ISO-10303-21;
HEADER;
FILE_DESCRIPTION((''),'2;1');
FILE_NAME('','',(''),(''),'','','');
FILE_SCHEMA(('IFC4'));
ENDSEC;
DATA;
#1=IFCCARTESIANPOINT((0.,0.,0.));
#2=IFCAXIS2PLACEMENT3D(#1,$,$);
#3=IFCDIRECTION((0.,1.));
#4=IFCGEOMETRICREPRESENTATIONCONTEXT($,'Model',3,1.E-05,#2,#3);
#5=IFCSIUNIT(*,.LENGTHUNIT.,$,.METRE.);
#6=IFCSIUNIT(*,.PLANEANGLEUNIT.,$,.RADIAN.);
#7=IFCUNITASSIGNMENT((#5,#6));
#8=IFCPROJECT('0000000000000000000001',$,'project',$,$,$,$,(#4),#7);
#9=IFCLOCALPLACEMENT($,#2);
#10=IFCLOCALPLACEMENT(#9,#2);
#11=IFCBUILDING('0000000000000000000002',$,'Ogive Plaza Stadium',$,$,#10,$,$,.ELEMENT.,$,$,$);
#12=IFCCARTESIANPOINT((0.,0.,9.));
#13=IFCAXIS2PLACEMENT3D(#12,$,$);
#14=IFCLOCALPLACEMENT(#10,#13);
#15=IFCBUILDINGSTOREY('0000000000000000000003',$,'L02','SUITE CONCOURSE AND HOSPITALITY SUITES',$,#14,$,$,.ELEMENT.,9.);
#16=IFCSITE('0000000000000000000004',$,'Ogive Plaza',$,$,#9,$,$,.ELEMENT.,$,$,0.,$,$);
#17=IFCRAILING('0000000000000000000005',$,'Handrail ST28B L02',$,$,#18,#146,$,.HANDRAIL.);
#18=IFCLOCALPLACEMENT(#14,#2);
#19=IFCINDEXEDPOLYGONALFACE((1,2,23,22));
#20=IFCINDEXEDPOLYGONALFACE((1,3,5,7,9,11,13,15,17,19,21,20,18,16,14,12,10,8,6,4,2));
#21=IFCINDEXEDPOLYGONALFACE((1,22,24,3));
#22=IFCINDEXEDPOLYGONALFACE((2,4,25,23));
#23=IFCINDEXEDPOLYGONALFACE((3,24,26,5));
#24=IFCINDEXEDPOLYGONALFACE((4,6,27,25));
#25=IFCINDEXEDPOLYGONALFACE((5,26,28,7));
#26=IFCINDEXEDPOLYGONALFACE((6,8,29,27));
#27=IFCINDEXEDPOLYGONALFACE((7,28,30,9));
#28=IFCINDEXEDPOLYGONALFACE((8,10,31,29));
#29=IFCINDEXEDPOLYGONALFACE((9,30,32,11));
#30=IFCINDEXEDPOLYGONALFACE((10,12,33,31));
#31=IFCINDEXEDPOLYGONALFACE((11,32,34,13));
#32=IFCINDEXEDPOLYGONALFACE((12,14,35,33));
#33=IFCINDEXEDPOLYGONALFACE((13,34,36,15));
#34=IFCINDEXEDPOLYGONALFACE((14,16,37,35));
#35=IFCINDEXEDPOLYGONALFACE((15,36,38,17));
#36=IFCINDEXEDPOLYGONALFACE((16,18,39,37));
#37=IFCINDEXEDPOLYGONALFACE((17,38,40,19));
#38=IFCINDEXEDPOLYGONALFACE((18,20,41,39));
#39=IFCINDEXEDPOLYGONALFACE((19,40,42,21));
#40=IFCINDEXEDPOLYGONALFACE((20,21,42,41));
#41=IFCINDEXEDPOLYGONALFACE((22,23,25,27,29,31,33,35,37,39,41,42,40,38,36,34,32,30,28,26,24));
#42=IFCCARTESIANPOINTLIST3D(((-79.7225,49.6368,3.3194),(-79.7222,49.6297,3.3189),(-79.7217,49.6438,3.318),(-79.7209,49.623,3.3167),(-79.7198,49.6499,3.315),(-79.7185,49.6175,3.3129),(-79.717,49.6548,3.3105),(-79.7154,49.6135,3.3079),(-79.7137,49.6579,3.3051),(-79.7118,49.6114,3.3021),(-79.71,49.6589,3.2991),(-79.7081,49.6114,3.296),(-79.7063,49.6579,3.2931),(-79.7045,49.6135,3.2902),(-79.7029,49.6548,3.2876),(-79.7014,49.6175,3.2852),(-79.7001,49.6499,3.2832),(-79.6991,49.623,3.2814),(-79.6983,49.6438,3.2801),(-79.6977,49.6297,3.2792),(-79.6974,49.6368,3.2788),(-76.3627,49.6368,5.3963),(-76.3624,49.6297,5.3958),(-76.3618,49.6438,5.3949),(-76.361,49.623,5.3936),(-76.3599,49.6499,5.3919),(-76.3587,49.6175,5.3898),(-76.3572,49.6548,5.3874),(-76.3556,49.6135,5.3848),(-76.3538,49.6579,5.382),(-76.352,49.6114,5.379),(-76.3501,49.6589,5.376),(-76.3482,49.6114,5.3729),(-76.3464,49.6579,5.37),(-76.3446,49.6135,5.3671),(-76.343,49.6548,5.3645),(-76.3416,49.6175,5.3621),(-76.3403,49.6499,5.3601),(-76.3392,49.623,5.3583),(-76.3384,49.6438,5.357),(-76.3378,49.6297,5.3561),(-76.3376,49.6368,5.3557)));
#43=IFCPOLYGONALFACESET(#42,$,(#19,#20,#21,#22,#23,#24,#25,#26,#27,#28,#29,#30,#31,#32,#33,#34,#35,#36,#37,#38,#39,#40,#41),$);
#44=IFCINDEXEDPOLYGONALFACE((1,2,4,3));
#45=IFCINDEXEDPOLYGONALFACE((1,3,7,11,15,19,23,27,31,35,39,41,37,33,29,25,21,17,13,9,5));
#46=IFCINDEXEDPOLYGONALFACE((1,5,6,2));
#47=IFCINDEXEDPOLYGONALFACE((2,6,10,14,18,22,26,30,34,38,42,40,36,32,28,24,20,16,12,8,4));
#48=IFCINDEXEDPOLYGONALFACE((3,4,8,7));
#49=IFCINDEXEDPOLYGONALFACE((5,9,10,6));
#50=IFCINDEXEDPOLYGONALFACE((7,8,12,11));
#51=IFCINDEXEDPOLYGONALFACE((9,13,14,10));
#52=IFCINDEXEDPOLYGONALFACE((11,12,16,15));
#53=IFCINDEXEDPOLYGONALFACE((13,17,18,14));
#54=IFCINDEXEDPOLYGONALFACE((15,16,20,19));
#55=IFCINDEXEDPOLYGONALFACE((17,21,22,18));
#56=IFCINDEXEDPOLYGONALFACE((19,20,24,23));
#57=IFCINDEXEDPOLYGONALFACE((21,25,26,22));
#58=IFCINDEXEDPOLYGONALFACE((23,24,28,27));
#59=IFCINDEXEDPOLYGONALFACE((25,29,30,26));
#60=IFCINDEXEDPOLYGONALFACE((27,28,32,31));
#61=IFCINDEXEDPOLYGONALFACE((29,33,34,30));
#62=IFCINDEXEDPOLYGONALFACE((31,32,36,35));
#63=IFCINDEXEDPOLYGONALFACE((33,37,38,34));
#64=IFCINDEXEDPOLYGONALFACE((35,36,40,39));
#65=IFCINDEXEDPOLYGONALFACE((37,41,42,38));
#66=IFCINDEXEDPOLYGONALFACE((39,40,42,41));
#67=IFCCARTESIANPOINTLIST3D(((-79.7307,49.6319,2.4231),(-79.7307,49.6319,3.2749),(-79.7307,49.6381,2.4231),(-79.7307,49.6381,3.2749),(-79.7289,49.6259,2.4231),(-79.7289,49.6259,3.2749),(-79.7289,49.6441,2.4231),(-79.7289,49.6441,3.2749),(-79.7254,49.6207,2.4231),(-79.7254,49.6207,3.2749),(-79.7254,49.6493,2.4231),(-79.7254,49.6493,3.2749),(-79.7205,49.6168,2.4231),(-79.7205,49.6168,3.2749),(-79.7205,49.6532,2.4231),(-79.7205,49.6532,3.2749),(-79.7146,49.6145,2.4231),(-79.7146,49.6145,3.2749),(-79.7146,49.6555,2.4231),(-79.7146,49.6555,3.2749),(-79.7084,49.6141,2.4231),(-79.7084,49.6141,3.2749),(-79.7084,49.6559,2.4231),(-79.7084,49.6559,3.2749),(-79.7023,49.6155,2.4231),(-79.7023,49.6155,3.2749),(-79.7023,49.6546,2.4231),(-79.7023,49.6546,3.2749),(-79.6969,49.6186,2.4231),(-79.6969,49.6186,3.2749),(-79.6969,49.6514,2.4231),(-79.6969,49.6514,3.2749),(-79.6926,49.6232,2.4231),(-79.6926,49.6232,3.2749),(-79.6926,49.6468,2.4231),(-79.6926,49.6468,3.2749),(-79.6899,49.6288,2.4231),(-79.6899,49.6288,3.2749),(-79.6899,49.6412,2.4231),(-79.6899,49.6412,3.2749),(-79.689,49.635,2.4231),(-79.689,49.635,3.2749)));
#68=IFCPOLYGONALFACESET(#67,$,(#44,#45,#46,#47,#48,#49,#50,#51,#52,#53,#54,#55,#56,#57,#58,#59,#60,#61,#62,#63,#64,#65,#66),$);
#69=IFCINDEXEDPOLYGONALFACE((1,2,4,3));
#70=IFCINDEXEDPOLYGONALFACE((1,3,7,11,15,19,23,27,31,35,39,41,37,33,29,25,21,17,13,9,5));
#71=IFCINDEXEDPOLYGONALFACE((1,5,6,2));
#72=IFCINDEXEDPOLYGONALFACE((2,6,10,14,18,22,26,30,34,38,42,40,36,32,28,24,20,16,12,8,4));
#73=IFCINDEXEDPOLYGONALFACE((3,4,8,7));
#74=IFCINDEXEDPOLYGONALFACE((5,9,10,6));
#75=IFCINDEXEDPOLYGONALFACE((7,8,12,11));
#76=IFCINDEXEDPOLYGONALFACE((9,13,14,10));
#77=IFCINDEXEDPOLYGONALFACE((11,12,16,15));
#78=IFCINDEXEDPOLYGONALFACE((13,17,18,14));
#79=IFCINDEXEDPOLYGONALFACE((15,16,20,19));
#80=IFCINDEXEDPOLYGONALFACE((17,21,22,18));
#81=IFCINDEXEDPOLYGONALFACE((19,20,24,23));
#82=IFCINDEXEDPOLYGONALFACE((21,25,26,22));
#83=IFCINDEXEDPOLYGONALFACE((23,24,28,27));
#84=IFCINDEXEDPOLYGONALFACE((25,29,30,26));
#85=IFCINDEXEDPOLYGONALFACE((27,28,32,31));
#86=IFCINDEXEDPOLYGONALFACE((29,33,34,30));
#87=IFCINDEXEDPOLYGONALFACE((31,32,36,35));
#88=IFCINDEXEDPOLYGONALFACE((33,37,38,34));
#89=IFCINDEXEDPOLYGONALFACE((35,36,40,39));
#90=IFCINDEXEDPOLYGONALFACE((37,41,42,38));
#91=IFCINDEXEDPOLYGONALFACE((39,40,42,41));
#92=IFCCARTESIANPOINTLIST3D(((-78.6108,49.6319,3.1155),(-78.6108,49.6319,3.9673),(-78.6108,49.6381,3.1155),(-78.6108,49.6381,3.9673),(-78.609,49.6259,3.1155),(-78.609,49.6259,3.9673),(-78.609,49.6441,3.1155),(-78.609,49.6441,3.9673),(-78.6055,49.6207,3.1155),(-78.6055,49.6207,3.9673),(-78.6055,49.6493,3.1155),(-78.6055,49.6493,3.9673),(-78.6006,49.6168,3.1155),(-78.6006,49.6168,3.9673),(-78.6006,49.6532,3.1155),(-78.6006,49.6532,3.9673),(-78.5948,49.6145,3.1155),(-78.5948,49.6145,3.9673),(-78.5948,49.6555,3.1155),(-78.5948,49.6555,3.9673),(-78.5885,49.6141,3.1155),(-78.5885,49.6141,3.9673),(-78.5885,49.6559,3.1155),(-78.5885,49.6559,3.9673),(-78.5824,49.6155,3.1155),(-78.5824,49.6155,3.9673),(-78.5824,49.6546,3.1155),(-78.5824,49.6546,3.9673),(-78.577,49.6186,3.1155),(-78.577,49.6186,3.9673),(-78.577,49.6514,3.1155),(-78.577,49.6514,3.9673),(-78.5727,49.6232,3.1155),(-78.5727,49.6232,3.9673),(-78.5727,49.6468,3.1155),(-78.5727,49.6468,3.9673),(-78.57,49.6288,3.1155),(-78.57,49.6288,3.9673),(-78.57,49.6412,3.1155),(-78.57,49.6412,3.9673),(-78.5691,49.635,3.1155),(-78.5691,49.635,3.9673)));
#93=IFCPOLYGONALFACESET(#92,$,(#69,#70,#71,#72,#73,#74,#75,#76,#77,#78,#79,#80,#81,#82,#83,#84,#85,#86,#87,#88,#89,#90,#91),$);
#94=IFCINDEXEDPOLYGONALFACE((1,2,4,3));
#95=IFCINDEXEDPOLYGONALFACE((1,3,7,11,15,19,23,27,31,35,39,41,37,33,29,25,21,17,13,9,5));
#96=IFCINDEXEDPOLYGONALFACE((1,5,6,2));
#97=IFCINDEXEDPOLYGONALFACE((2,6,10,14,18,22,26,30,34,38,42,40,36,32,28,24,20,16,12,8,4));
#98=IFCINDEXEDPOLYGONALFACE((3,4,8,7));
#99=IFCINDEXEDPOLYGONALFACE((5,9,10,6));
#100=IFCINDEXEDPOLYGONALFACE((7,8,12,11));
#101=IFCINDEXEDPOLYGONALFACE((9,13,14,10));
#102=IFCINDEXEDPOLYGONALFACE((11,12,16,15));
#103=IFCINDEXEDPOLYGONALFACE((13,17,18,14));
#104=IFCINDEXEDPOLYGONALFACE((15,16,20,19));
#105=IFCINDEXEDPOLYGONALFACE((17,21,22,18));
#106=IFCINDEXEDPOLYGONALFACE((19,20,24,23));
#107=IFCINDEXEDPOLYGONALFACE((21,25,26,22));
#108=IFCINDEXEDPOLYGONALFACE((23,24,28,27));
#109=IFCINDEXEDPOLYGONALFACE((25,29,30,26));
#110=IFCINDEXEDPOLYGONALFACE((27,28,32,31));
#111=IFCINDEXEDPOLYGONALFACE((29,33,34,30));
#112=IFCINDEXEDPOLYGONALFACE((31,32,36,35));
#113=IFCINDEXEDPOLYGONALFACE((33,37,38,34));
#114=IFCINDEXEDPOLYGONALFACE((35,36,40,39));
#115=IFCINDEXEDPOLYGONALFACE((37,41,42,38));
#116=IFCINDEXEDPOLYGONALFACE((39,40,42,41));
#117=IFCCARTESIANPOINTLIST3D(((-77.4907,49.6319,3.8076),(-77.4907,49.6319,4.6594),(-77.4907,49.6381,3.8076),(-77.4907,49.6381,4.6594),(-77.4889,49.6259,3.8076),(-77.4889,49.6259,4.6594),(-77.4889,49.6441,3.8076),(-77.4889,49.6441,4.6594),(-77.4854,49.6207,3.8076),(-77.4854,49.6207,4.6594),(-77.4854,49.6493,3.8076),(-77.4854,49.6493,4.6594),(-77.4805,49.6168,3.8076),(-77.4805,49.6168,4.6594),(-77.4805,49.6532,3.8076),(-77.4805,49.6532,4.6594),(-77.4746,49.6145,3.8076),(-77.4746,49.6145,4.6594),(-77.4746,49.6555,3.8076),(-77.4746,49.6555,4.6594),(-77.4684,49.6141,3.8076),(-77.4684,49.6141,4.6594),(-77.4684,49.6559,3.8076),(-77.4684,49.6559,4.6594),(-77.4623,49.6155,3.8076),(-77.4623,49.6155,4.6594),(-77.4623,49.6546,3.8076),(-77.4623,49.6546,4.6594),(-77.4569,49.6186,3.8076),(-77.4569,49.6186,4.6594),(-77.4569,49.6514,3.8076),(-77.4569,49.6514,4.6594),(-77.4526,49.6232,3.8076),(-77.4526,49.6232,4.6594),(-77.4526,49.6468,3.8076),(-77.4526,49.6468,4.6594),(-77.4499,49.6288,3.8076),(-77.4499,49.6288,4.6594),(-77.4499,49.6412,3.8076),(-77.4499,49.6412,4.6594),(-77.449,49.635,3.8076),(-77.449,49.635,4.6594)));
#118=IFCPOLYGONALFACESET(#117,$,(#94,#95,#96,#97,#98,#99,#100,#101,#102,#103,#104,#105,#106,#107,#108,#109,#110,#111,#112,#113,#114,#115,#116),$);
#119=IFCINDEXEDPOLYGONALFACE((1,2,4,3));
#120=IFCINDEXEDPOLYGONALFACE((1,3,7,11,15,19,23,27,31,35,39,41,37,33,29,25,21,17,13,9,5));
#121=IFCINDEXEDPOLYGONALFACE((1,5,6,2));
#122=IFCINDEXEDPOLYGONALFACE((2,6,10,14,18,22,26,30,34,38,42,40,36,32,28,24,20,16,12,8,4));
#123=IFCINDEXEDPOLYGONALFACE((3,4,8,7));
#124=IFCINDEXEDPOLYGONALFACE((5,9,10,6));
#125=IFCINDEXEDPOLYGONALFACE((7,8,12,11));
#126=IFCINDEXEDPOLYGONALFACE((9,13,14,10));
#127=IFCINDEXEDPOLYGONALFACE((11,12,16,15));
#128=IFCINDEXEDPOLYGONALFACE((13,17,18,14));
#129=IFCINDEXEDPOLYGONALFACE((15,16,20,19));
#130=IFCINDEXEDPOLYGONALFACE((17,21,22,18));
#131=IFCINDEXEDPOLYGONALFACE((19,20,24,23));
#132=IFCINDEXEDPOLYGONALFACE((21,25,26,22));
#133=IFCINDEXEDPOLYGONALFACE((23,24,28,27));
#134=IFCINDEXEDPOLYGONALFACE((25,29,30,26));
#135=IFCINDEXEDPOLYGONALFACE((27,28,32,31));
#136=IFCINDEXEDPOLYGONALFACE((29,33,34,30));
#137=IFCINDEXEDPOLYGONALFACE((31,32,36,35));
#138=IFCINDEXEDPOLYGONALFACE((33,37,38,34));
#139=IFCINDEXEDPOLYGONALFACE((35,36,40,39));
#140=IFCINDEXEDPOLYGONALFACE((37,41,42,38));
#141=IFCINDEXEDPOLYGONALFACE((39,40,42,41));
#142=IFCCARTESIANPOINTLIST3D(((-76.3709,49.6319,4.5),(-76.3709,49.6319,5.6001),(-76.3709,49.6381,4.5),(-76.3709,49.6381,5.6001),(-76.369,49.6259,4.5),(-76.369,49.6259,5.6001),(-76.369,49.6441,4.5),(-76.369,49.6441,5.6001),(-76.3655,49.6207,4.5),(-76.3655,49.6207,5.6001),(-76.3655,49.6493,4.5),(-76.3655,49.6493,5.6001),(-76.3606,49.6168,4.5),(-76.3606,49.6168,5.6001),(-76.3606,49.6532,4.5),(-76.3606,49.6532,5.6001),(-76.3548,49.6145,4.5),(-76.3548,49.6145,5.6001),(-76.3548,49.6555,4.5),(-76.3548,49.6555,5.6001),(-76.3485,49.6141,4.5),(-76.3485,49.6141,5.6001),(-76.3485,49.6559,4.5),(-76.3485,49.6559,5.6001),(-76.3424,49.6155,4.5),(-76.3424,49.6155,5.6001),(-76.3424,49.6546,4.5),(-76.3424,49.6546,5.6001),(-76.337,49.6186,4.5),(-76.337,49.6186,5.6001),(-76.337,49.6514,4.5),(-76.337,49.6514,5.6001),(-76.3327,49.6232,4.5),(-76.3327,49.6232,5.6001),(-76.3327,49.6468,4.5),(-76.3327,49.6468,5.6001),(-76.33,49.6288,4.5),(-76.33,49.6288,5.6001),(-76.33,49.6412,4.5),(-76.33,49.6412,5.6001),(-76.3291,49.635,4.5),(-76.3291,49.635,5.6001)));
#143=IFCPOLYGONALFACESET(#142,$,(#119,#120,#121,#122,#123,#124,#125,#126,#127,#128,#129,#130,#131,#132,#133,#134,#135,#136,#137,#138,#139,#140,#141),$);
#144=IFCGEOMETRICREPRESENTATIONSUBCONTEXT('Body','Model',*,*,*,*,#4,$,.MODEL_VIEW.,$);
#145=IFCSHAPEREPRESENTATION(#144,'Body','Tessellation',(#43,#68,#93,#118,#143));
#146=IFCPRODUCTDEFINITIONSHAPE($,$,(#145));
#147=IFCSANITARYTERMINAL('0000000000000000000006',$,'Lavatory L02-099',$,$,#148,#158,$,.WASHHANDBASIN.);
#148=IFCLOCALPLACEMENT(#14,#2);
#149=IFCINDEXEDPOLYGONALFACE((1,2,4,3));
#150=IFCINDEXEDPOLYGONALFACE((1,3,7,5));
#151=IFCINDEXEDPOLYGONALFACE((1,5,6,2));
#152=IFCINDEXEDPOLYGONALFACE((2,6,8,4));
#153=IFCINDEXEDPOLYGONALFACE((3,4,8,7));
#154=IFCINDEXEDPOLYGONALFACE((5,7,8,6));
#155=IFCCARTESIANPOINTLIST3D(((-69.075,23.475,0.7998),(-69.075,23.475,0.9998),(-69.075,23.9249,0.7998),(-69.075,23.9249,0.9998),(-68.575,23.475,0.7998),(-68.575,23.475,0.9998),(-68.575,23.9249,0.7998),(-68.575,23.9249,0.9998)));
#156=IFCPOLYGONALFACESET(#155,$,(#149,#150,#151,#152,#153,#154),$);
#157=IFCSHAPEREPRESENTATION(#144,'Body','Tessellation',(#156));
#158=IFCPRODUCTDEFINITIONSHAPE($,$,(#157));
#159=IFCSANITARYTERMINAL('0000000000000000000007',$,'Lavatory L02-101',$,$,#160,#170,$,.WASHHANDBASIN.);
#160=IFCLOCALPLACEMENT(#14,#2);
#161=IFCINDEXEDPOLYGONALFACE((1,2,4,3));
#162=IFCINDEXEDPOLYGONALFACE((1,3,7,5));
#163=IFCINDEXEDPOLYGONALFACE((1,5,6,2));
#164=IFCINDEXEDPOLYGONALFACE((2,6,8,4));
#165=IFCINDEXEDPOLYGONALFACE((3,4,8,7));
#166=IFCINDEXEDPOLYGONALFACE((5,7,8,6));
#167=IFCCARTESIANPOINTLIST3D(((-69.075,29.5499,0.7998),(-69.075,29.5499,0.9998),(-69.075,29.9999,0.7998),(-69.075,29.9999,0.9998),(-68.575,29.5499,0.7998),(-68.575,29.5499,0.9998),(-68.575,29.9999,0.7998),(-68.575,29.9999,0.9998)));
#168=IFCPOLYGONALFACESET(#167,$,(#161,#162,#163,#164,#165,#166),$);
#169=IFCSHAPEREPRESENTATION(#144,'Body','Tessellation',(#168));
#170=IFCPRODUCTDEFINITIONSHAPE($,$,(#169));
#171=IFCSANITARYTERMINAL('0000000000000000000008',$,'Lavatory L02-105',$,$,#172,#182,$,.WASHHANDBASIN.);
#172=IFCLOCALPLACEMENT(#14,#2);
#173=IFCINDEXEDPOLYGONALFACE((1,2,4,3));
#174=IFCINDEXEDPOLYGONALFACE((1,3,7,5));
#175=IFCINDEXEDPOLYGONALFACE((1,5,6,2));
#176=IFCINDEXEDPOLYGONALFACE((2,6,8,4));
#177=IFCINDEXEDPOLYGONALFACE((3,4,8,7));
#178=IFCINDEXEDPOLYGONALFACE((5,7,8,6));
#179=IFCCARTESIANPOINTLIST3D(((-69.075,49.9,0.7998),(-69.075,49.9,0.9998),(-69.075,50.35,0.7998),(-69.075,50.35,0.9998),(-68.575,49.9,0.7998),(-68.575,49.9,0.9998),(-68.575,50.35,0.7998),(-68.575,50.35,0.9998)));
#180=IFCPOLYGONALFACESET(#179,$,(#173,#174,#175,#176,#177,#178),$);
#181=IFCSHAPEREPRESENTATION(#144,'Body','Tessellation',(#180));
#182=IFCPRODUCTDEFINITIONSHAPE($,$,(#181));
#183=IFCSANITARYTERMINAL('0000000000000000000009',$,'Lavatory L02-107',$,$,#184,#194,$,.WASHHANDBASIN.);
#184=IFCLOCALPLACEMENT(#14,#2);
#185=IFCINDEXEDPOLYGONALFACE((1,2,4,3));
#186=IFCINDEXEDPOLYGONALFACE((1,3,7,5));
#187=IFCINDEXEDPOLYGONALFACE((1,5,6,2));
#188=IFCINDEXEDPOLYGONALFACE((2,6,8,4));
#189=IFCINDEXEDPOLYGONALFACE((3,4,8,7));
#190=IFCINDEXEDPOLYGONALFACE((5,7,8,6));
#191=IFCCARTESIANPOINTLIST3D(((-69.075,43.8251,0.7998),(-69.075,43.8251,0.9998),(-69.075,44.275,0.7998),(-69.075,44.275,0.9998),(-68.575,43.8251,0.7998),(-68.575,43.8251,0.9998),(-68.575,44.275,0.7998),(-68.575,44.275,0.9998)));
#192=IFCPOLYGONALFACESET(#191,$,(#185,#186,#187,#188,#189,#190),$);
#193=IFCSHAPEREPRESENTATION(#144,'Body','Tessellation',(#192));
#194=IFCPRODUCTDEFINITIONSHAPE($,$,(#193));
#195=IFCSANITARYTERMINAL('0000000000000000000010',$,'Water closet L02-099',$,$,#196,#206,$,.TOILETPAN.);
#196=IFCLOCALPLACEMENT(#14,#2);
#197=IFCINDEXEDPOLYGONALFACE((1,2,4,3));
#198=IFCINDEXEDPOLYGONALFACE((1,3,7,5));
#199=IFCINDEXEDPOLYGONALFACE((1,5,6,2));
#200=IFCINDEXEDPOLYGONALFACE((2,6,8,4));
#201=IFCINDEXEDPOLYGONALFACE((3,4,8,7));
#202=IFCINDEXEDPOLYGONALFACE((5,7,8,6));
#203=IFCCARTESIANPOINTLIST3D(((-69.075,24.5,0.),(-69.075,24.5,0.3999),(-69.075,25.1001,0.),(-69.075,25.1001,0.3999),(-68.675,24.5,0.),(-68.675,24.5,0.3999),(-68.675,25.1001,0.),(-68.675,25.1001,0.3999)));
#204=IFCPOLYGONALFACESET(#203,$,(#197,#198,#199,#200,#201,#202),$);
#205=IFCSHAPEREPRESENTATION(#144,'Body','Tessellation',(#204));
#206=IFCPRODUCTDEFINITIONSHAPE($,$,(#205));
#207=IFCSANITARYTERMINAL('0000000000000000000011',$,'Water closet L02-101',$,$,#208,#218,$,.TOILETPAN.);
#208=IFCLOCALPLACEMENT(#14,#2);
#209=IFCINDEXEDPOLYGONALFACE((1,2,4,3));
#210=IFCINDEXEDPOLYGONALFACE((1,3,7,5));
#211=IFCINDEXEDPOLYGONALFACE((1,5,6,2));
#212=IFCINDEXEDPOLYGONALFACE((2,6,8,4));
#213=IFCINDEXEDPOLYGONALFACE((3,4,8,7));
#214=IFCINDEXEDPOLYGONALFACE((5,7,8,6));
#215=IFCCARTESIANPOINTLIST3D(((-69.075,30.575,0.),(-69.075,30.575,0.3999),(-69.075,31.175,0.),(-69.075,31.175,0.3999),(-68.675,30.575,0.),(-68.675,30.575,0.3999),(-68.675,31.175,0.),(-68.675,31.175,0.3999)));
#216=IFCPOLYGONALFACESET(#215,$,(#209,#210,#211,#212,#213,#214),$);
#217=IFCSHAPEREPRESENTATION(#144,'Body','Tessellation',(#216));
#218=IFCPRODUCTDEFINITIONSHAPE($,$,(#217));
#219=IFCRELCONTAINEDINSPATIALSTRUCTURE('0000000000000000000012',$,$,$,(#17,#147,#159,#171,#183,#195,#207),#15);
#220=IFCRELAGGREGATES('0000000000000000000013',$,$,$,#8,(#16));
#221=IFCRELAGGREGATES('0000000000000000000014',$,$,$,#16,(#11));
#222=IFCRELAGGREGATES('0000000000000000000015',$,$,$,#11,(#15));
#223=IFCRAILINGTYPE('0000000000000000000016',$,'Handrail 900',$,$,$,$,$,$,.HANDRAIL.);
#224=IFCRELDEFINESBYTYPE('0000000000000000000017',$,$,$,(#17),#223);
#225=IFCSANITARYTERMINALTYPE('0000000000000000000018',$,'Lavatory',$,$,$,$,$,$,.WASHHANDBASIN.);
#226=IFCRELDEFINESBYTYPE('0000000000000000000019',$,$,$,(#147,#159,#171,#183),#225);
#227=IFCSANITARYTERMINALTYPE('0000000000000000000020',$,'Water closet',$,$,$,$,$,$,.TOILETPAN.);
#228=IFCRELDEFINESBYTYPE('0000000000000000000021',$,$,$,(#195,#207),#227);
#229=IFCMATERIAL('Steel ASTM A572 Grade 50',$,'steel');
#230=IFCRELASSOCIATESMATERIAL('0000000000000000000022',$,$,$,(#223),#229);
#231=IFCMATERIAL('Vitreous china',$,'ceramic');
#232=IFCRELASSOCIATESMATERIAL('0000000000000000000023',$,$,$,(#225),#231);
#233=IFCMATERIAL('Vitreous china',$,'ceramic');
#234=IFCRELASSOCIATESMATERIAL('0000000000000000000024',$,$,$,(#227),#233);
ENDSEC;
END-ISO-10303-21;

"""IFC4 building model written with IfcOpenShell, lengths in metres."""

from ifc_helpers import new_model, si_unit, direction, frame, origin, origin_2d, place, context, subcontext, project, spatial, rectangle, circle, extrude, material, type_object, element, save


model = new_model("IFC4")

# Units and contexts
model_context = context("Model", 3, precision=1e-05, world=origin(), true_north=direction((0.0, 1.0)))
body_context = subcontext(model_context, "Body", "Model", "MODEL_VIEW")
ifc_project = project(units=[si_unit("LENGTHUNIT", "METRE"), si_unit("PLANEANGLEUNIT", "RADIAN")], contexts=[model_context])

# Site, building, storey
site_placement = place(None, origin())
site = spatial("IfcSite", under=ifc_project, at=site_placement, Name="Ogive Plaza", CompositionType="ELEMENT", RefElevation=0.0)
building_placement = place(site_placement, origin())
building = spatial("IfcBuilding", under=site, at=building_placement, Name="Ogive Plaza Stadium", CompositionType="ELEMENT")
storey_placement = place(building_placement, frame((0.0, 0.0, 9.0)))
storey = spatial("IfcBuildingStorey", under=building, at=storey_placement, Name="L02", Description="SUITE CONCOURSE AND HOSPITALITY SUITES", CompositionType="ELEMENT", Elevation=9.0)

# Railing
ifc_material_1 = material(Name="Steel ASTM A572 Grade 50", Category="steel")
railing_type_1 = type_object("IfcRailingType", Name="Handrail 900", PredefinedType="HANDRAIL", material=ifc_material_1)
railing_1_placement = place(storey_placement, frame((-79.71, 49.635, 2.4231)))
element("IfcRailing", 1, at=railing_1_placement, inside=storey, type_object=railing_type_1, Name="Handrail ST28B L02", PredefinedType="HANDRAIL", context=body_context, shape_type="SweptSolid", body=[
    extrude(circle(Radius=0.0239, at=origin_2d()), frame((0.0, 0.0, 0.876), z_axis=(0.850606, 0.0, 0.525803), x_axis=(0.0, 1.0, 0.0)), (0.0, 0.0, 1.0), 3.95),
    extrude(circle(Radius=0.021, at=origin_2d()), origin(), (0.0, 0.0, 1.0), 0.8518),
    extrude(circle(Radius=0.021, at=origin_2d()), frame((1.1199, 0.0, 0.6924)), (0.0, 0.0, 1.0), 0.8518),
    extrude(circle(Radius=0.021, at=origin_2d()), frame((2.24, 0.0, 1.3845)), (0.0, 0.0, 1.0), 0.8518),
    extrude(circle(Radius=0.021, at=origin_2d()), frame((3.3599, 0.0, 2.0769)), (0.0, 0.0, 1.0), 1.1001),
])

# Sanitary terminals
ifc_material_2 = material(Name="Vitreous china", Category="ceramic")
sanitary_terminal_type_1 = type_object("IfcSanitaryTerminalType", Name="Lavatory", PredefinedType="WASHHANDBASIN", material=ifc_material_2)
for number, where, z_axis, x_axis, name in (
    (2, (-68.825, 23.7, 0.7998), (0.0, 0.0, 1.0), (1.0, 0.0, 0.0), "Lavatory L02-099"),
    (3, (-68.825, 29.7749, 0.7998), (0.0, 0.0, 1.0), (1.0, 0.0, 0.0), "Lavatory L02-101"),
    (4, (-68.825, 50.125, 0.7998), (0.0, 0.0, 1.0), (1.0, 0.0, 0.0), "Lavatory L02-105"),
    (5, (-68.825, 44.05, 0.7998), (0.0, 0.0, 1.0), (1.0, 0.0, 0.0), "Lavatory L02-107"),
):
    element("IfcSanitaryTerminal", number, at=place(storey_placement, frame(where, z_axis=z_axis, x_axis=x_axis)), inside=storey, type_object=sanitary_terminal_type_1, Name=name, PredefinedType="WASHHANDBASIN", context=body_context, shape_type="SweptSolid", body=[
        extrude(rectangle(XDim=0.5, YDim=0.45, at=origin_2d()), origin(), (0.0, 0.0, 1.0), 0.2),
    ])
ifc_material_3 = material(Name="Vitreous china", Category="ceramic")
sanitary_terminal_type_2 = type_object("IfcSanitaryTerminalType", Name="Water closet", PredefinedType="TOILETPAN", material=ifc_material_3)
for number, where, z_axis, x_axis, name in (
    (6, (-68.875, 24.8, 0.0), (0.0, 0.0, 1.0), (1.0, 0.0, 0.0), "Water closet L02-099"),
    (7, (-68.875, 30.875, 0.0), (0.0, 0.0, 1.0), (1.0, 0.0, 0.0), "Water closet L02-101"),
):
    element("IfcSanitaryTerminal", number, at=place(storey_placement, frame(where, z_axis=z_axis, x_axis=x_axis)), inside=storey, type_object=sanitary_terminal_type_2, Name=name, PredefinedType="TOILETPAN", context=body_context, shape_type="SweptSolid", body=[
        extrude(rectangle(XDim=0.3999, YDim=0.6001, at=origin_2d()), origin(), (0.0, 0.0, 1.0), 0.3999),
    ])

save(model, "model.ifc")
